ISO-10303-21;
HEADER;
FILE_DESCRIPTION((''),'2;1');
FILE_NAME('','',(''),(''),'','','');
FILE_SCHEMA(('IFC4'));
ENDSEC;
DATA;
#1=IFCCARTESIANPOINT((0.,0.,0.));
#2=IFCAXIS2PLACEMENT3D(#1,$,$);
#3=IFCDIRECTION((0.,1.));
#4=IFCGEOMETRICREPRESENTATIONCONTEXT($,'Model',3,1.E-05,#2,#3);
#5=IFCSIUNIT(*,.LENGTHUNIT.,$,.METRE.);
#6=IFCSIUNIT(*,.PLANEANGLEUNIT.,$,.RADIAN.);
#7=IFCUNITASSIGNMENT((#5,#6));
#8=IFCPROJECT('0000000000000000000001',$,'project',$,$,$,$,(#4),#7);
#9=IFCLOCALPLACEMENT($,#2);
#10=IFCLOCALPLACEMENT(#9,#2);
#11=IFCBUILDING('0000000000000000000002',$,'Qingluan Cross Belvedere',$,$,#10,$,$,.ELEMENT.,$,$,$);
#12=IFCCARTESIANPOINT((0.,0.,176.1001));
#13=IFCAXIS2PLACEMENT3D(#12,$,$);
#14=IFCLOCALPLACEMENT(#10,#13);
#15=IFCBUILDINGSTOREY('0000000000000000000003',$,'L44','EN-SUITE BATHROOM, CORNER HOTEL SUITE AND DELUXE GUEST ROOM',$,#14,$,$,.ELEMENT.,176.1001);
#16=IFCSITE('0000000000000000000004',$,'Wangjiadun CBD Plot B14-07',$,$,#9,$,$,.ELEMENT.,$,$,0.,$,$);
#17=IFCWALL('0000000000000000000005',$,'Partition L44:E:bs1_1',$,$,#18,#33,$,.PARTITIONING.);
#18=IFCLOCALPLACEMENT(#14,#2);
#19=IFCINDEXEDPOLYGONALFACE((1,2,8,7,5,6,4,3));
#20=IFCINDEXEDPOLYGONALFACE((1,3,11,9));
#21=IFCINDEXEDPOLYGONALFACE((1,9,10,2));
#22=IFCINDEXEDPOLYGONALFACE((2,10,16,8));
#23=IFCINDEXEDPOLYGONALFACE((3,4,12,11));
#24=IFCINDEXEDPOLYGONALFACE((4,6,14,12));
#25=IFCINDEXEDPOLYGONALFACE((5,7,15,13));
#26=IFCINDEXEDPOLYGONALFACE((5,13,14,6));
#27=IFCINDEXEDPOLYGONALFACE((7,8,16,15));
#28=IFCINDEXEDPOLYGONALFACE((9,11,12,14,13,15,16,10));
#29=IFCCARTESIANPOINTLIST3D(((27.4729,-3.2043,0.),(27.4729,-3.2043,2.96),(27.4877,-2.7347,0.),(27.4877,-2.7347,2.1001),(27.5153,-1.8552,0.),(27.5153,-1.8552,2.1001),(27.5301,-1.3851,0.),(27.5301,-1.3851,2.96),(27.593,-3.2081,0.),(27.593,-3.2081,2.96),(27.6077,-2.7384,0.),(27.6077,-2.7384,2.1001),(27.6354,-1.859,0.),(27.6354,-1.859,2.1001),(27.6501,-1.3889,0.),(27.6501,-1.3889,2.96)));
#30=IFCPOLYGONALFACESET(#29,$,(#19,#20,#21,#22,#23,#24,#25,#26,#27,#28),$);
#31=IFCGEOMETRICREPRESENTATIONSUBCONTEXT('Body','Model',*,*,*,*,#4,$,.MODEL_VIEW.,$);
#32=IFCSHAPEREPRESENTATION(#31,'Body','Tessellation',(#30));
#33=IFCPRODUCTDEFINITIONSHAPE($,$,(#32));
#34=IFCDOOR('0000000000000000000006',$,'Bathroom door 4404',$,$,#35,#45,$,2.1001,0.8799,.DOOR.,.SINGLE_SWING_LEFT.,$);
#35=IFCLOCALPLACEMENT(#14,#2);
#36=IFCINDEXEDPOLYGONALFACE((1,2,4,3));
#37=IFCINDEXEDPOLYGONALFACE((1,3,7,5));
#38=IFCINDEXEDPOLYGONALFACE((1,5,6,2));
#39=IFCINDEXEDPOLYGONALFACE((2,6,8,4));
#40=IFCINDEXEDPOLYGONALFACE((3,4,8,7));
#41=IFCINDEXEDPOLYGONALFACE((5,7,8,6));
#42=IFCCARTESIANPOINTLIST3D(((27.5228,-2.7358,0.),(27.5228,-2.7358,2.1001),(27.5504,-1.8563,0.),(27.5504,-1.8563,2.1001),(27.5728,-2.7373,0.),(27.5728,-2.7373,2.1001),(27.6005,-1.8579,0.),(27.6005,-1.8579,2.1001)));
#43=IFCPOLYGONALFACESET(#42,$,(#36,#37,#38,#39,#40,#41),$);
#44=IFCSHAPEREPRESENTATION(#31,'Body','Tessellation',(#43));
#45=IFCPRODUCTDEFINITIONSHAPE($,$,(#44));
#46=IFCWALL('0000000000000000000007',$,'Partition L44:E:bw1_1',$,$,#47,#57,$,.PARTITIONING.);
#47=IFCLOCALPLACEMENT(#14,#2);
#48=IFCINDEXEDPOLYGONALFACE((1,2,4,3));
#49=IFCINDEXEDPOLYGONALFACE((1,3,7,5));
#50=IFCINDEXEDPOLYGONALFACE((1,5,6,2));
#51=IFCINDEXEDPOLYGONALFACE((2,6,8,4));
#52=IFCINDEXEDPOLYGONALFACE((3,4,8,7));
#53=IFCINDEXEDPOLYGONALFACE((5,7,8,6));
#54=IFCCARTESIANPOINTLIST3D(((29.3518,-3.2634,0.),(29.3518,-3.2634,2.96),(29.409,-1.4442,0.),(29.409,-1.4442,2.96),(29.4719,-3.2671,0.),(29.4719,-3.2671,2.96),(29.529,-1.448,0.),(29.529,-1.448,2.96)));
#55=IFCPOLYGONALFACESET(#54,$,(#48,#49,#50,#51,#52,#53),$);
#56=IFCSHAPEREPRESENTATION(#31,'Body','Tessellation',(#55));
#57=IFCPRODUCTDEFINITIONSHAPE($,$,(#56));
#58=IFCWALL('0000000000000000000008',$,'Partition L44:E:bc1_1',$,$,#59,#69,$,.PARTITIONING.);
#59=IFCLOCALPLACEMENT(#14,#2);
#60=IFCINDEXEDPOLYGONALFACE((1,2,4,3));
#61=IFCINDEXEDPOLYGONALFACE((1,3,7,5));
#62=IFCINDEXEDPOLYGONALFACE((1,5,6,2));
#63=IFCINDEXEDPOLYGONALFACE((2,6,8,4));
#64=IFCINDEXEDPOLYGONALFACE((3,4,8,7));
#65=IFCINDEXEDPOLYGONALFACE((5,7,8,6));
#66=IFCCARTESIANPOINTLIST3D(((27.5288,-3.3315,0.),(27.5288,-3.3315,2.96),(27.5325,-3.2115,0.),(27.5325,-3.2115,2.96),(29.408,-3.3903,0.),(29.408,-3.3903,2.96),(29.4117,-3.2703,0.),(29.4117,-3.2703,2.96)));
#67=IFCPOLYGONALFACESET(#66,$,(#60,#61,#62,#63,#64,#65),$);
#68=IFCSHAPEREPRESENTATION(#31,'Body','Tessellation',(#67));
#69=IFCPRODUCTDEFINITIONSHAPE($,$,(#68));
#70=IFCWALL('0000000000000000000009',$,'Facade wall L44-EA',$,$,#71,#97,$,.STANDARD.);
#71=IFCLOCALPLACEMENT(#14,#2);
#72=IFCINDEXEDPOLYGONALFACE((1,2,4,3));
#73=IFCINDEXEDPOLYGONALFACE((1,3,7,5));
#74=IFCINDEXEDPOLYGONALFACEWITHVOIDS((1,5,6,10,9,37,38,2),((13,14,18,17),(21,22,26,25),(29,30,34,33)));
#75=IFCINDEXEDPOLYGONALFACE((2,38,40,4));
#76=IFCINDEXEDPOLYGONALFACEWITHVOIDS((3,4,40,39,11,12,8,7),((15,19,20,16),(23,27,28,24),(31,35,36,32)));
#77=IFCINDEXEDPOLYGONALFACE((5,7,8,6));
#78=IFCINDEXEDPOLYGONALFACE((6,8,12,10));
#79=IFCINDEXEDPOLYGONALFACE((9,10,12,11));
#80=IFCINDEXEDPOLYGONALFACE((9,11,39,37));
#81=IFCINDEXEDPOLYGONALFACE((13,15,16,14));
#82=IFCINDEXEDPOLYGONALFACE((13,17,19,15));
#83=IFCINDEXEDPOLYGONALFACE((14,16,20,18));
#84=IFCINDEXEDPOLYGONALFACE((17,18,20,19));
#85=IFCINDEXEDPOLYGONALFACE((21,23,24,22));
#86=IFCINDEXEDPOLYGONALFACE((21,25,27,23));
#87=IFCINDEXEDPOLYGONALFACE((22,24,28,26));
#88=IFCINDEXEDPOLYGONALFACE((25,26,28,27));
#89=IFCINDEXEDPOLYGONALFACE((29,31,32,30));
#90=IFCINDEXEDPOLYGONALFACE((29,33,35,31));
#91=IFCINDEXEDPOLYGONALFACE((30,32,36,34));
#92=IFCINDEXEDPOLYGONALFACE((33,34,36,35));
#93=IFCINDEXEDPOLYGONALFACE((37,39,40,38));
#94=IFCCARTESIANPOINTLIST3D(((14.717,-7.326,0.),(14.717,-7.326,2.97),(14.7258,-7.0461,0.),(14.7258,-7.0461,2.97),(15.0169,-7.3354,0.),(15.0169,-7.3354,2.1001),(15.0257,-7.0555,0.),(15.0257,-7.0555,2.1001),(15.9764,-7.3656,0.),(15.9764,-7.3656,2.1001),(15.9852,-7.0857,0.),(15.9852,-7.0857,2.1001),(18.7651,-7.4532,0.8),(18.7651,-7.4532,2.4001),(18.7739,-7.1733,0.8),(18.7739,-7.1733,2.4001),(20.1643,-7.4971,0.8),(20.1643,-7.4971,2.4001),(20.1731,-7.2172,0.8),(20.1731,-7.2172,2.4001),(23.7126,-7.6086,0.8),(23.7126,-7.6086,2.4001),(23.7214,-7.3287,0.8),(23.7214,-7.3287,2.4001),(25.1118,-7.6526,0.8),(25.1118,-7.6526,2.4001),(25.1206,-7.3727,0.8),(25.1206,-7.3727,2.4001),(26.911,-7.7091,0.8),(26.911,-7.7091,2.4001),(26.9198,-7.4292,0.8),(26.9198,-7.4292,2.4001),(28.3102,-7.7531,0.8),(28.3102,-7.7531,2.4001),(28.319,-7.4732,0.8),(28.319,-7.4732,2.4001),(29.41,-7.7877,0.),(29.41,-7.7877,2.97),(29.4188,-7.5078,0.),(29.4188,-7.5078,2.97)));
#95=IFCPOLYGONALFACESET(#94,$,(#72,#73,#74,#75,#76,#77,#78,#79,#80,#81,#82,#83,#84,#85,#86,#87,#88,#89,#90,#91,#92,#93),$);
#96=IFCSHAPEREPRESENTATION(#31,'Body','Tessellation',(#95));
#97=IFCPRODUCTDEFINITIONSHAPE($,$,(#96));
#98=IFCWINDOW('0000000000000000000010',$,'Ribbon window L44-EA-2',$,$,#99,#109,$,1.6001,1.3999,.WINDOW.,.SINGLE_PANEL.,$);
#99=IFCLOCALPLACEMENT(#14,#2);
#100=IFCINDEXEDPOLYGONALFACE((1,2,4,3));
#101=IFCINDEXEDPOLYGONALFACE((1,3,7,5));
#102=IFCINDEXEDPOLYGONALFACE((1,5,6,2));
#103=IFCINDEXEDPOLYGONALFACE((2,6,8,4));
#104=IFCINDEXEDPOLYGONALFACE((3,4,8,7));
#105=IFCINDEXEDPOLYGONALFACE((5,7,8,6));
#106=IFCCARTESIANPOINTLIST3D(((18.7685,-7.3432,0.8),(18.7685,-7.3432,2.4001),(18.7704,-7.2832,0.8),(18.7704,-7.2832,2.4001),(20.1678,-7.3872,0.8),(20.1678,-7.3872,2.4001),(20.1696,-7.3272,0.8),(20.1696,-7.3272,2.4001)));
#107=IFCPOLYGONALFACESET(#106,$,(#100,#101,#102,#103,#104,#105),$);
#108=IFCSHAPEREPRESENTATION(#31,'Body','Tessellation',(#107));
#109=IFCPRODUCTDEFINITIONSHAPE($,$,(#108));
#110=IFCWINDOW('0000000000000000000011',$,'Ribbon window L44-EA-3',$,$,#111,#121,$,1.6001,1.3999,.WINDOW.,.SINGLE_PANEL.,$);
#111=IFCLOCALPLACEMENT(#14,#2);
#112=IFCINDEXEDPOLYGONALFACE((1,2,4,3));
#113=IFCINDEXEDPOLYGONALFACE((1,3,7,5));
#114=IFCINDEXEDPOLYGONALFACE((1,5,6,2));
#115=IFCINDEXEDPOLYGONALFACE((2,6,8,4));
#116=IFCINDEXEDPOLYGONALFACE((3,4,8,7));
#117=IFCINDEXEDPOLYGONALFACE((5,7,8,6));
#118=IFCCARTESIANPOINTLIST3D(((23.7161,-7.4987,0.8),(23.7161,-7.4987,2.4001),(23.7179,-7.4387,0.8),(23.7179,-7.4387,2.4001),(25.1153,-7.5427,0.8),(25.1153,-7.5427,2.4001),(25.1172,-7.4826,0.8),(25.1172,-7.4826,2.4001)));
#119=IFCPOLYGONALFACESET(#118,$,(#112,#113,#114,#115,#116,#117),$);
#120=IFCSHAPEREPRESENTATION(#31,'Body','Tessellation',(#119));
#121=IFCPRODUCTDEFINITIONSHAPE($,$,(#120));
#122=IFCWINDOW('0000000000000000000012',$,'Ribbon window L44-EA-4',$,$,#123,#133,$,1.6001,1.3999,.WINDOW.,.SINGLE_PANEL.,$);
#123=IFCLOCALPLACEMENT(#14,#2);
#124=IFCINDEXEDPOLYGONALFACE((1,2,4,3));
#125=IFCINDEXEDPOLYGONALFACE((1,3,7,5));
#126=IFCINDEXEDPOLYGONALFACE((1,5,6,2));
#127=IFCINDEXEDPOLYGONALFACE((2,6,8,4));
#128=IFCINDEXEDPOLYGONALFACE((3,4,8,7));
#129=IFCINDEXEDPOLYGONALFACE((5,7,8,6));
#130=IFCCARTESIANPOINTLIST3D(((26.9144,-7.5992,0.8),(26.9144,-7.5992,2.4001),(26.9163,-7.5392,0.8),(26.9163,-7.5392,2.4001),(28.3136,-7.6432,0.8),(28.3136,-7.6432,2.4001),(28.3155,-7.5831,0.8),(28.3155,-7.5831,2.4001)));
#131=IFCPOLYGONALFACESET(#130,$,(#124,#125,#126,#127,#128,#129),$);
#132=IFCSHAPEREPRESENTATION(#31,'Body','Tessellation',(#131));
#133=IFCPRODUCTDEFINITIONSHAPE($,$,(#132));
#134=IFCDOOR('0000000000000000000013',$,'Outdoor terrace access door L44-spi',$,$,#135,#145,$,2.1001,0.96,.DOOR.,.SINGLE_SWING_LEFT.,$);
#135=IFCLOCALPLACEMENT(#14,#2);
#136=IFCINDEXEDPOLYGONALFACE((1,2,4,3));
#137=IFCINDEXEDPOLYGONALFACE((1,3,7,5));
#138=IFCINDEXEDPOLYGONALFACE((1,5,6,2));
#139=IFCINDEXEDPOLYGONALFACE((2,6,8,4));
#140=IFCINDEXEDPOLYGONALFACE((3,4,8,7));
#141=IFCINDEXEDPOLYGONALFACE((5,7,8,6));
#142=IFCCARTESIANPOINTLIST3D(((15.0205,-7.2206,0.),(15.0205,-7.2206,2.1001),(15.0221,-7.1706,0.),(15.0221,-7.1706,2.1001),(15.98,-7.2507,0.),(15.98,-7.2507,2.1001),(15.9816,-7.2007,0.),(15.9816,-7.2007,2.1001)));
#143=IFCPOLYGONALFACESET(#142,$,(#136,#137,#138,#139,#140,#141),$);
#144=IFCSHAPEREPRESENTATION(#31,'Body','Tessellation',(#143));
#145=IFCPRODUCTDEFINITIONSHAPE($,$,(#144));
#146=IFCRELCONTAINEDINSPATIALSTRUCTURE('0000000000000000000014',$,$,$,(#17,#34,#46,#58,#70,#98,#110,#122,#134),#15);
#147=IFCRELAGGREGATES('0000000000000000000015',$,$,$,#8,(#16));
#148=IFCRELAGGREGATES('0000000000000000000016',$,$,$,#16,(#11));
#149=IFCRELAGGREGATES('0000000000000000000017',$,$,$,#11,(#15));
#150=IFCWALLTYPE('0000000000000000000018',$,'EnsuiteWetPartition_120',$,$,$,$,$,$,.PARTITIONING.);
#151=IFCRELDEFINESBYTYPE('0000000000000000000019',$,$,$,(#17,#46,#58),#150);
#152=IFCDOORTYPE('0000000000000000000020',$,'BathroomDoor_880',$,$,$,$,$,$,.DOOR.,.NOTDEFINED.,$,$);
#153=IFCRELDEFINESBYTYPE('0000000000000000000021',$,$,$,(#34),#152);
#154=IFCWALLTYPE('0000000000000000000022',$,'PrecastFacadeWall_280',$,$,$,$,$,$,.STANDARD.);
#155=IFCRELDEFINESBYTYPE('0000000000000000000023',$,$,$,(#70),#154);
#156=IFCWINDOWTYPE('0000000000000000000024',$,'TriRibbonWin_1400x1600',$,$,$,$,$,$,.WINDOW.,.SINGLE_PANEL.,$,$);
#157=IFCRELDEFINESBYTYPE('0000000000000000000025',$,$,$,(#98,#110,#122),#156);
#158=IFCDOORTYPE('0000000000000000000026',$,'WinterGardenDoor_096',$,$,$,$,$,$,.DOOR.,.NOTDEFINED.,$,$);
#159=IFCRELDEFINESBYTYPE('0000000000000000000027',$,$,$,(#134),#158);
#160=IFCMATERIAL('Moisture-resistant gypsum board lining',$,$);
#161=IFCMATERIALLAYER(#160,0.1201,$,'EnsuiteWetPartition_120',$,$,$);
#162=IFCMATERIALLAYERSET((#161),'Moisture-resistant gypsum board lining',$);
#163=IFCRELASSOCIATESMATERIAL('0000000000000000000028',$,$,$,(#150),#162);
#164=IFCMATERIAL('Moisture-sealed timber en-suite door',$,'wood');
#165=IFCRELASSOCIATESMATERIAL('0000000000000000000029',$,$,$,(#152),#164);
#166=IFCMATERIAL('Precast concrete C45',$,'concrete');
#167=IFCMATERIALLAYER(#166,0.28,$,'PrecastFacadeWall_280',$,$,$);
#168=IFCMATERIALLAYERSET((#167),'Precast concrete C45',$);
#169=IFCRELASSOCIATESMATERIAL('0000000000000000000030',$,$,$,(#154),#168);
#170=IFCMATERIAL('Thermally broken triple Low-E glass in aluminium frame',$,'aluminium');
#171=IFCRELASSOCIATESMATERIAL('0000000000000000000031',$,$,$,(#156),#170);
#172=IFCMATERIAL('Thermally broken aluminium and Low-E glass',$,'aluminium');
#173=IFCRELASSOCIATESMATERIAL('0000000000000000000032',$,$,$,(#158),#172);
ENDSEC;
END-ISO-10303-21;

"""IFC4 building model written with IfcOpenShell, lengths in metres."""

from ifc_helpers import new_model, si_unit, direction, frame, frame_2d, origin, place, context, subcontext, project, spatial, rectangle, extrude, material, layer, layer_set, type_object, element, fill, save


model = new_model("IFC4")

# Units and contexts
model_context = context("Model", 3, precision=1e-05, world=origin(), true_north=direction((0.0, 1.0)))
body_context = subcontext(model_context, "Body", "Model", "MODEL_VIEW")
ifc_project = project(units=[si_unit("LENGTHUNIT", "METRE"), si_unit("PLANEANGLEUNIT", "RADIAN")], contexts=[model_context])

# Site, building, storey
site_placement = place(None, origin())
site = spatial("IfcSite", under=ifc_project, at=site_placement, Name="Wangjiadun CBD Plot B14-07", CompositionType="ELEMENT", RefElevation=0.0)
building_placement = place(site_placement, origin())
building = spatial("IfcBuilding", under=site, at=building_placement, Name="Qingluan Cross Belvedere", CompositionType="ELEMENT")
storey_placement = place(building_placement, frame((0.0, 0.0, 176.1001)))
storey = spatial("IfcBuildingStorey", under=building, at=storey_placement, Name="L44", Description="EN-SUITE BATHROOM, CORNER HOTEL SUITE AND DELUXE GUEST ROOM", CompositionType="ELEMENT", Elevation=176.1001)

# Shared definitions
ifc_material_1 = material(Name="Moisture-resistant gypsum board lining")
ifc_layer_1 = layer(ifc_material_1, 0.1201, Name="EnsuiteWetPartition_120")
ifc_layer_set_1 = layer_set([ifc_layer_1], Name="Moisture-resistant gypsum board lining")
wall_type_1 = type_object("IfcWallType", Name="EnsuiteWetPartition_120", PredefinedType="PARTITIONING", material=ifc_layer_set_1)
ifc_material_2 = material(Name="Moisture-sealed timber en-suite door", Category="wood")
door_type_1 = type_object("IfcDoorType", Name="BathroomDoor_880", OperationType="NOTDEFINED", PredefinedType="DOOR", material=ifc_material_2)

# Wall, opening, door
wall_1_placement = place(storey_placement, frame((27.533, -3.2063, 0.0), z_axis=(0.0, 0.0, 1.0), x_axis=(0.03139, 0.999507, 0.0)))
wall_1 = element("IfcWall", 1, at=wall_1_placement, inside=storey, type_object=wall_type_1, Name="Partition L44:E:bs1_1", PredefinedType="PARTITIONING", context=body_context, shape_type="SweptSolid", body=[
    extrude(rectangle(XDim=1.8201, YDim=0.1201, at=frame_2d((0.9102, 0.0))), origin(), (0.0, 0.0, 1.0), 2.96),
])
opening_1_placement = place(wall_1_placement, frame((0.47, 0.0, 0.0)))
opening_1 = element("IfcOpeningElement", 2, at=opening_1_placement, cuts=wall_1, PredefinedType="OPENING", context=body_context, shape_type="SweptSolid", body=[
    extrude(rectangle(XDim=0.8799, YDim=2.1001, at=frame_2d((0.4399, 1.05))), frame((0.0, 0.0701, 0.0), z_axis=(0.0, -1.0, 0.0), x_axis=(1.0, 0.0, 0.0)), (0.0, 0.0, 1.0), 0.1401),
])
door_1_placement = place(opening_1_placement, origin())
door_1 = element("IfcDoor", 3, at=door_1_placement, inside=storey, type_object=door_type_1, Name="Bathroom door 4404", OperationType="SINGLE_SWING_LEFT", OverallHeight=2.1001, OverallWidth=0.8799, PredefinedType="DOOR", context=body_context, shape_type="SweptSolid", body=[
    extrude(rectangle(XDim=0.8799, YDim=2.1001, at=frame_2d((0.4399, 1.05))), frame((0.0, 0.0249, 0.0), z_axis=(0.0, -1.0, 0.0), x_axis=(1.0, 0.0, 0.0)), (0.0, 0.0, 1.0), 0.05),
])
fill(opening_1, door_1)

# Walls
wall_2_placement = place(storey_placement, frame((29.4119, -3.2654, 0.0), z_axis=(0.0, 0.0, 1.0), x_axis=(0.03139, 0.999507, 0.0)))
element("IfcWall", 4, at=wall_2_placement, inside=storey, type_object=wall_type_1, Name="Partition L44:E:bw1_1", PredefinedType="PARTITIONING", context=body_context, shape_type="SweptSolid", body=[
    extrude(rectangle(XDim=1.8201, YDim=0.1201, at=frame_2d((0.9102, 0.0))), origin(), (0.0, 0.0, 1.0), 2.96),
])
wall_3_placement = place(storey_placement, frame((27.5308, -3.2715, 0.0), z_axis=(0.0, 0.0, 1.0), x_axis=(0.99951, -0.031296, 0.0)))
element("IfcWall", 5, at=wall_3_placement, inside=storey, type_object=wall_type_1, Name="Partition L44:E:bc1_1", PredefinedType="PARTITIONING", context=body_context, shape_type="SweptSolid", body=[
    extrude(rectangle(XDim=1.8801, YDim=0.1201, at=frame_2d((0.9399, 0.0))), origin(), (0.0, 0.0, 1.0), 2.96),
])

# Wall, openings, windows, door
ifc_material_3 = material(Name="Precast concrete C45", Category="concrete")
ifc_layer_2 = layer(ifc_material_3, 0.28, Name="PrecastFacadeWall_280")
ifc_layer_set_2 = layer_set([ifc_layer_2], Name="Precast concrete C45")
wall_type_2 = type_object("IfcWallType", Name="PrecastFacadeWall_280", PredefinedType="STANDARD", material=ifc_layer_set_2)
wall_4_placement = place(storey_placement, frame((14.7214, -7.186, 0.0), z_axis=(0.0, 0.0, 1.0), x_axis=(0.999507, -0.031406, 0.0)))
wall_4 = element("IfcWall", 6, at=wall_4_placement, inside=storey, type_object=wall_type_2, Name="Facade wall L44-EA", PredefinedType="STANDARD", context=body_context, shape_type="SweptSolid", body=[
    extrude(rectangle(XDim=14.7002, YDim=0.28, at=frame_2d((7.3501, 0.0))), origin(), (0.0, 0.0, 1.0), 2.97),
])
opening_2_placement = place(wall_4_placement, frame((4.05, 0.0, 0.8)))
opening_2 = element("IfcOpeningElement", 7, at=opening_2_placement, cuts=wall_4, PredefinedType="OPENING", context=body_context, shape_type="SweptSolid", body=[
    extrude(rectangle(XDim=1.3999, YDim=1.6001, at=frame_2d((0.7, 0.8))), frame((0.0, 0.1499, 0.0), z_axis=(0.0, -1.0, 0.0), x_axis=(1.0, 0.0, 0.0)), (0.0, 0.0, 1.0), 0.3),
])
opening_3_placement = place(wall_4_placement, frame((9.0, 0.0, 0.8)))
opening_3 = element("IfcOpeningElement", 8, at=opening_3_placement, cuts=wall_4, PredefinedType="OPENING", context=body_context, shape_type="SweptSolid", body=[
    extrude(rectangle(XDim=1.3999, YDim=1.6001, at=frame_2d((0.7, 0.8))), frame((0.0, 0.1499, 0.0), z_axis=(0.0, -1.0, 0.0), x_axis=(1.0, 0.0, 0.0)), (0.0, 0.0, 1.0), 0.3),
])
opening_4_placement = place(wall_4_placement, frame((12.2, 0.0, 0.8)))
opening_4 = element("IfcOpeningElement", 9, at=opening_4_placement, cuts=wall_4, PredefinedType="OPENING", context=body_context, shape_type="SweptSolid", body=[
    extrude(rectangle(XDim=1.3999, YDim=1.6001, at=frame_2d((0.7, 0.8))), frame((0.0, 0.1499, 0.0), z_axis=(0.0, -1.0, 0.0), x_axis=(1.0, 0.0, 0.0)), (0.0, 0.0, 1.0), 0.3),
])
opening_5_placement = place(wall_4_placement, frame((0.3, 0.0, 0.0)))
opening_5 = element("IfcOpeningElement", 10, at=opening_5_placement, cuts=wall_4, PredefinedType="OPENING", context=body_context, shape_type="SweptSolid", body=[
    extrude(rectangle(XDim=0.96, YDim=2.1001, at=frame_2d((0.48, 1.05))), frame((0.0, 0.1499, 0.0), z_axis=(0.0, -1.0, 0.0), x_axis=(1.0, 0.0, 0.0)), (0.0, 0.0, 1.0), 0.3),
])
ifc_material_4 = material(Name="Thermally broken triple Low-E glass in aluminium frame", Category="aluminium")
window_type_1 = type_object("IfcWindowType", Name="TriRibbonWin_1400x1600", PartitioningType="SINGLE_PANEL", PredefinedType="WINDOW", material=ifc_material_4)
window_1_placement = place(opening_2_placement, origin())
window_1 = element("IfcWindow", 11, at=window_1_placement, inside=storey, type_object=window_type_1, Name="Ribbon window L44-EA-2", OverallHeight=1.6001, OverallWidth=1.3999, PartitioningType="SINGLE_PANEL", PredefinedType="WINDOW", context=body_context, shape_type="SweptSolid", body=[
    extrude(rectangle(XDim=1.3999, YDim=1.6001, at=frame_2d((0.7, 0.8))), frame((0.0, 0.03, 0.0), z_axis=(0.0, -1.0, 0.0), x_axis=(1.0, 0.0, 0.0)), (0.0, 0.0, 1.0), 0.0601),
])
fill(opening_2, window_1)
window_2_placement = place(opening_3_placement, origin())
window_2 = element("IfcWindow", 12, at=window_2_placement, inside=storey, type_object=window_type_1, Name="Ribbon window L44-EA-3", OverallHeight=1.6001, OverallWidth=1.3999, PartitioningType="SINGLE_PANEL", PredefinedType="WINDOW", context=body_context, shape_type="SweptSolid", body=[
    extrude(rectangle(XDim=1.3999, YDim=1.6001, at=frame_2d((0.7, 0.8))), frame((0.0, 0.03, 0.0), z_axis=(0.0, -1.0, 0.0), x_axis=(1.0, 0.0, 0.0)), (0.0, 0.0, 1.0), 0.0601),
])
fill(opening_3, window_2)
window_3_placement = place(opening_4_placement, origin())
window_3 = element("IfcWindow", 13, at=window_3_placement, inside=storey, type_object=window_type_1, Name="Ribbon window L44-EA-4", OverallHeight=1.6001, OverallWidth=1.3999, PartitioningType="SINGLE_PANEL", PredefinedType="WINDOW", context=body_context, shape_type="SweptSolid", body=[
    extrude(rectangle(XDim=1.3999, YDim=1.6001, at=frame_2d((0.7, 0.8))), frame((0.0, 0.03, 0.0), z_axis=(0.0, -1.0, 0.0), x_axis=(1.0, 0.0, 0.0)), (0.0, 0.0, 1.0), 0.0601),
])
fill(opening_4, window_3)
ifc_material_5 = material(Name="Thermally broken aluminium and Low-E glass", Category="aluminium")
door_type_2 = type_object("IfcDoorType", Name="WinterGardenDoor_096", OperationType="NOTDEFINED", PredefinedType="DOOR", material=ifc_material_5)
door_2_placement = place(opening_5_placement, origin())
door_2 = element("IfcDoor", 14, at=door_2_placement, inside=storey, type_object=door_type_2, Name="Outdoor terrace access door L44-spi", OperationType="SINGLE_SWING_LEFT", OverallHeight=2.1001, OverallWidth=0.96, PredefinedType="DOOR", context=body_context, shape_type="SweptSolid", body=[
    extrude(rectangle(XDim=0.96, YDim=2.1001, at=frame_2d((0.48, 1.05))), frame((0.0, 0.0249, 0.0), z_axis=(0.0, -1.0, 0.0), x_axis=(1.0, 0.0, 0.0)), (0.0, 0.0, 1.0), 0.05),
])
fill(opening_5, door_2)

save(model, "model.ifc")
